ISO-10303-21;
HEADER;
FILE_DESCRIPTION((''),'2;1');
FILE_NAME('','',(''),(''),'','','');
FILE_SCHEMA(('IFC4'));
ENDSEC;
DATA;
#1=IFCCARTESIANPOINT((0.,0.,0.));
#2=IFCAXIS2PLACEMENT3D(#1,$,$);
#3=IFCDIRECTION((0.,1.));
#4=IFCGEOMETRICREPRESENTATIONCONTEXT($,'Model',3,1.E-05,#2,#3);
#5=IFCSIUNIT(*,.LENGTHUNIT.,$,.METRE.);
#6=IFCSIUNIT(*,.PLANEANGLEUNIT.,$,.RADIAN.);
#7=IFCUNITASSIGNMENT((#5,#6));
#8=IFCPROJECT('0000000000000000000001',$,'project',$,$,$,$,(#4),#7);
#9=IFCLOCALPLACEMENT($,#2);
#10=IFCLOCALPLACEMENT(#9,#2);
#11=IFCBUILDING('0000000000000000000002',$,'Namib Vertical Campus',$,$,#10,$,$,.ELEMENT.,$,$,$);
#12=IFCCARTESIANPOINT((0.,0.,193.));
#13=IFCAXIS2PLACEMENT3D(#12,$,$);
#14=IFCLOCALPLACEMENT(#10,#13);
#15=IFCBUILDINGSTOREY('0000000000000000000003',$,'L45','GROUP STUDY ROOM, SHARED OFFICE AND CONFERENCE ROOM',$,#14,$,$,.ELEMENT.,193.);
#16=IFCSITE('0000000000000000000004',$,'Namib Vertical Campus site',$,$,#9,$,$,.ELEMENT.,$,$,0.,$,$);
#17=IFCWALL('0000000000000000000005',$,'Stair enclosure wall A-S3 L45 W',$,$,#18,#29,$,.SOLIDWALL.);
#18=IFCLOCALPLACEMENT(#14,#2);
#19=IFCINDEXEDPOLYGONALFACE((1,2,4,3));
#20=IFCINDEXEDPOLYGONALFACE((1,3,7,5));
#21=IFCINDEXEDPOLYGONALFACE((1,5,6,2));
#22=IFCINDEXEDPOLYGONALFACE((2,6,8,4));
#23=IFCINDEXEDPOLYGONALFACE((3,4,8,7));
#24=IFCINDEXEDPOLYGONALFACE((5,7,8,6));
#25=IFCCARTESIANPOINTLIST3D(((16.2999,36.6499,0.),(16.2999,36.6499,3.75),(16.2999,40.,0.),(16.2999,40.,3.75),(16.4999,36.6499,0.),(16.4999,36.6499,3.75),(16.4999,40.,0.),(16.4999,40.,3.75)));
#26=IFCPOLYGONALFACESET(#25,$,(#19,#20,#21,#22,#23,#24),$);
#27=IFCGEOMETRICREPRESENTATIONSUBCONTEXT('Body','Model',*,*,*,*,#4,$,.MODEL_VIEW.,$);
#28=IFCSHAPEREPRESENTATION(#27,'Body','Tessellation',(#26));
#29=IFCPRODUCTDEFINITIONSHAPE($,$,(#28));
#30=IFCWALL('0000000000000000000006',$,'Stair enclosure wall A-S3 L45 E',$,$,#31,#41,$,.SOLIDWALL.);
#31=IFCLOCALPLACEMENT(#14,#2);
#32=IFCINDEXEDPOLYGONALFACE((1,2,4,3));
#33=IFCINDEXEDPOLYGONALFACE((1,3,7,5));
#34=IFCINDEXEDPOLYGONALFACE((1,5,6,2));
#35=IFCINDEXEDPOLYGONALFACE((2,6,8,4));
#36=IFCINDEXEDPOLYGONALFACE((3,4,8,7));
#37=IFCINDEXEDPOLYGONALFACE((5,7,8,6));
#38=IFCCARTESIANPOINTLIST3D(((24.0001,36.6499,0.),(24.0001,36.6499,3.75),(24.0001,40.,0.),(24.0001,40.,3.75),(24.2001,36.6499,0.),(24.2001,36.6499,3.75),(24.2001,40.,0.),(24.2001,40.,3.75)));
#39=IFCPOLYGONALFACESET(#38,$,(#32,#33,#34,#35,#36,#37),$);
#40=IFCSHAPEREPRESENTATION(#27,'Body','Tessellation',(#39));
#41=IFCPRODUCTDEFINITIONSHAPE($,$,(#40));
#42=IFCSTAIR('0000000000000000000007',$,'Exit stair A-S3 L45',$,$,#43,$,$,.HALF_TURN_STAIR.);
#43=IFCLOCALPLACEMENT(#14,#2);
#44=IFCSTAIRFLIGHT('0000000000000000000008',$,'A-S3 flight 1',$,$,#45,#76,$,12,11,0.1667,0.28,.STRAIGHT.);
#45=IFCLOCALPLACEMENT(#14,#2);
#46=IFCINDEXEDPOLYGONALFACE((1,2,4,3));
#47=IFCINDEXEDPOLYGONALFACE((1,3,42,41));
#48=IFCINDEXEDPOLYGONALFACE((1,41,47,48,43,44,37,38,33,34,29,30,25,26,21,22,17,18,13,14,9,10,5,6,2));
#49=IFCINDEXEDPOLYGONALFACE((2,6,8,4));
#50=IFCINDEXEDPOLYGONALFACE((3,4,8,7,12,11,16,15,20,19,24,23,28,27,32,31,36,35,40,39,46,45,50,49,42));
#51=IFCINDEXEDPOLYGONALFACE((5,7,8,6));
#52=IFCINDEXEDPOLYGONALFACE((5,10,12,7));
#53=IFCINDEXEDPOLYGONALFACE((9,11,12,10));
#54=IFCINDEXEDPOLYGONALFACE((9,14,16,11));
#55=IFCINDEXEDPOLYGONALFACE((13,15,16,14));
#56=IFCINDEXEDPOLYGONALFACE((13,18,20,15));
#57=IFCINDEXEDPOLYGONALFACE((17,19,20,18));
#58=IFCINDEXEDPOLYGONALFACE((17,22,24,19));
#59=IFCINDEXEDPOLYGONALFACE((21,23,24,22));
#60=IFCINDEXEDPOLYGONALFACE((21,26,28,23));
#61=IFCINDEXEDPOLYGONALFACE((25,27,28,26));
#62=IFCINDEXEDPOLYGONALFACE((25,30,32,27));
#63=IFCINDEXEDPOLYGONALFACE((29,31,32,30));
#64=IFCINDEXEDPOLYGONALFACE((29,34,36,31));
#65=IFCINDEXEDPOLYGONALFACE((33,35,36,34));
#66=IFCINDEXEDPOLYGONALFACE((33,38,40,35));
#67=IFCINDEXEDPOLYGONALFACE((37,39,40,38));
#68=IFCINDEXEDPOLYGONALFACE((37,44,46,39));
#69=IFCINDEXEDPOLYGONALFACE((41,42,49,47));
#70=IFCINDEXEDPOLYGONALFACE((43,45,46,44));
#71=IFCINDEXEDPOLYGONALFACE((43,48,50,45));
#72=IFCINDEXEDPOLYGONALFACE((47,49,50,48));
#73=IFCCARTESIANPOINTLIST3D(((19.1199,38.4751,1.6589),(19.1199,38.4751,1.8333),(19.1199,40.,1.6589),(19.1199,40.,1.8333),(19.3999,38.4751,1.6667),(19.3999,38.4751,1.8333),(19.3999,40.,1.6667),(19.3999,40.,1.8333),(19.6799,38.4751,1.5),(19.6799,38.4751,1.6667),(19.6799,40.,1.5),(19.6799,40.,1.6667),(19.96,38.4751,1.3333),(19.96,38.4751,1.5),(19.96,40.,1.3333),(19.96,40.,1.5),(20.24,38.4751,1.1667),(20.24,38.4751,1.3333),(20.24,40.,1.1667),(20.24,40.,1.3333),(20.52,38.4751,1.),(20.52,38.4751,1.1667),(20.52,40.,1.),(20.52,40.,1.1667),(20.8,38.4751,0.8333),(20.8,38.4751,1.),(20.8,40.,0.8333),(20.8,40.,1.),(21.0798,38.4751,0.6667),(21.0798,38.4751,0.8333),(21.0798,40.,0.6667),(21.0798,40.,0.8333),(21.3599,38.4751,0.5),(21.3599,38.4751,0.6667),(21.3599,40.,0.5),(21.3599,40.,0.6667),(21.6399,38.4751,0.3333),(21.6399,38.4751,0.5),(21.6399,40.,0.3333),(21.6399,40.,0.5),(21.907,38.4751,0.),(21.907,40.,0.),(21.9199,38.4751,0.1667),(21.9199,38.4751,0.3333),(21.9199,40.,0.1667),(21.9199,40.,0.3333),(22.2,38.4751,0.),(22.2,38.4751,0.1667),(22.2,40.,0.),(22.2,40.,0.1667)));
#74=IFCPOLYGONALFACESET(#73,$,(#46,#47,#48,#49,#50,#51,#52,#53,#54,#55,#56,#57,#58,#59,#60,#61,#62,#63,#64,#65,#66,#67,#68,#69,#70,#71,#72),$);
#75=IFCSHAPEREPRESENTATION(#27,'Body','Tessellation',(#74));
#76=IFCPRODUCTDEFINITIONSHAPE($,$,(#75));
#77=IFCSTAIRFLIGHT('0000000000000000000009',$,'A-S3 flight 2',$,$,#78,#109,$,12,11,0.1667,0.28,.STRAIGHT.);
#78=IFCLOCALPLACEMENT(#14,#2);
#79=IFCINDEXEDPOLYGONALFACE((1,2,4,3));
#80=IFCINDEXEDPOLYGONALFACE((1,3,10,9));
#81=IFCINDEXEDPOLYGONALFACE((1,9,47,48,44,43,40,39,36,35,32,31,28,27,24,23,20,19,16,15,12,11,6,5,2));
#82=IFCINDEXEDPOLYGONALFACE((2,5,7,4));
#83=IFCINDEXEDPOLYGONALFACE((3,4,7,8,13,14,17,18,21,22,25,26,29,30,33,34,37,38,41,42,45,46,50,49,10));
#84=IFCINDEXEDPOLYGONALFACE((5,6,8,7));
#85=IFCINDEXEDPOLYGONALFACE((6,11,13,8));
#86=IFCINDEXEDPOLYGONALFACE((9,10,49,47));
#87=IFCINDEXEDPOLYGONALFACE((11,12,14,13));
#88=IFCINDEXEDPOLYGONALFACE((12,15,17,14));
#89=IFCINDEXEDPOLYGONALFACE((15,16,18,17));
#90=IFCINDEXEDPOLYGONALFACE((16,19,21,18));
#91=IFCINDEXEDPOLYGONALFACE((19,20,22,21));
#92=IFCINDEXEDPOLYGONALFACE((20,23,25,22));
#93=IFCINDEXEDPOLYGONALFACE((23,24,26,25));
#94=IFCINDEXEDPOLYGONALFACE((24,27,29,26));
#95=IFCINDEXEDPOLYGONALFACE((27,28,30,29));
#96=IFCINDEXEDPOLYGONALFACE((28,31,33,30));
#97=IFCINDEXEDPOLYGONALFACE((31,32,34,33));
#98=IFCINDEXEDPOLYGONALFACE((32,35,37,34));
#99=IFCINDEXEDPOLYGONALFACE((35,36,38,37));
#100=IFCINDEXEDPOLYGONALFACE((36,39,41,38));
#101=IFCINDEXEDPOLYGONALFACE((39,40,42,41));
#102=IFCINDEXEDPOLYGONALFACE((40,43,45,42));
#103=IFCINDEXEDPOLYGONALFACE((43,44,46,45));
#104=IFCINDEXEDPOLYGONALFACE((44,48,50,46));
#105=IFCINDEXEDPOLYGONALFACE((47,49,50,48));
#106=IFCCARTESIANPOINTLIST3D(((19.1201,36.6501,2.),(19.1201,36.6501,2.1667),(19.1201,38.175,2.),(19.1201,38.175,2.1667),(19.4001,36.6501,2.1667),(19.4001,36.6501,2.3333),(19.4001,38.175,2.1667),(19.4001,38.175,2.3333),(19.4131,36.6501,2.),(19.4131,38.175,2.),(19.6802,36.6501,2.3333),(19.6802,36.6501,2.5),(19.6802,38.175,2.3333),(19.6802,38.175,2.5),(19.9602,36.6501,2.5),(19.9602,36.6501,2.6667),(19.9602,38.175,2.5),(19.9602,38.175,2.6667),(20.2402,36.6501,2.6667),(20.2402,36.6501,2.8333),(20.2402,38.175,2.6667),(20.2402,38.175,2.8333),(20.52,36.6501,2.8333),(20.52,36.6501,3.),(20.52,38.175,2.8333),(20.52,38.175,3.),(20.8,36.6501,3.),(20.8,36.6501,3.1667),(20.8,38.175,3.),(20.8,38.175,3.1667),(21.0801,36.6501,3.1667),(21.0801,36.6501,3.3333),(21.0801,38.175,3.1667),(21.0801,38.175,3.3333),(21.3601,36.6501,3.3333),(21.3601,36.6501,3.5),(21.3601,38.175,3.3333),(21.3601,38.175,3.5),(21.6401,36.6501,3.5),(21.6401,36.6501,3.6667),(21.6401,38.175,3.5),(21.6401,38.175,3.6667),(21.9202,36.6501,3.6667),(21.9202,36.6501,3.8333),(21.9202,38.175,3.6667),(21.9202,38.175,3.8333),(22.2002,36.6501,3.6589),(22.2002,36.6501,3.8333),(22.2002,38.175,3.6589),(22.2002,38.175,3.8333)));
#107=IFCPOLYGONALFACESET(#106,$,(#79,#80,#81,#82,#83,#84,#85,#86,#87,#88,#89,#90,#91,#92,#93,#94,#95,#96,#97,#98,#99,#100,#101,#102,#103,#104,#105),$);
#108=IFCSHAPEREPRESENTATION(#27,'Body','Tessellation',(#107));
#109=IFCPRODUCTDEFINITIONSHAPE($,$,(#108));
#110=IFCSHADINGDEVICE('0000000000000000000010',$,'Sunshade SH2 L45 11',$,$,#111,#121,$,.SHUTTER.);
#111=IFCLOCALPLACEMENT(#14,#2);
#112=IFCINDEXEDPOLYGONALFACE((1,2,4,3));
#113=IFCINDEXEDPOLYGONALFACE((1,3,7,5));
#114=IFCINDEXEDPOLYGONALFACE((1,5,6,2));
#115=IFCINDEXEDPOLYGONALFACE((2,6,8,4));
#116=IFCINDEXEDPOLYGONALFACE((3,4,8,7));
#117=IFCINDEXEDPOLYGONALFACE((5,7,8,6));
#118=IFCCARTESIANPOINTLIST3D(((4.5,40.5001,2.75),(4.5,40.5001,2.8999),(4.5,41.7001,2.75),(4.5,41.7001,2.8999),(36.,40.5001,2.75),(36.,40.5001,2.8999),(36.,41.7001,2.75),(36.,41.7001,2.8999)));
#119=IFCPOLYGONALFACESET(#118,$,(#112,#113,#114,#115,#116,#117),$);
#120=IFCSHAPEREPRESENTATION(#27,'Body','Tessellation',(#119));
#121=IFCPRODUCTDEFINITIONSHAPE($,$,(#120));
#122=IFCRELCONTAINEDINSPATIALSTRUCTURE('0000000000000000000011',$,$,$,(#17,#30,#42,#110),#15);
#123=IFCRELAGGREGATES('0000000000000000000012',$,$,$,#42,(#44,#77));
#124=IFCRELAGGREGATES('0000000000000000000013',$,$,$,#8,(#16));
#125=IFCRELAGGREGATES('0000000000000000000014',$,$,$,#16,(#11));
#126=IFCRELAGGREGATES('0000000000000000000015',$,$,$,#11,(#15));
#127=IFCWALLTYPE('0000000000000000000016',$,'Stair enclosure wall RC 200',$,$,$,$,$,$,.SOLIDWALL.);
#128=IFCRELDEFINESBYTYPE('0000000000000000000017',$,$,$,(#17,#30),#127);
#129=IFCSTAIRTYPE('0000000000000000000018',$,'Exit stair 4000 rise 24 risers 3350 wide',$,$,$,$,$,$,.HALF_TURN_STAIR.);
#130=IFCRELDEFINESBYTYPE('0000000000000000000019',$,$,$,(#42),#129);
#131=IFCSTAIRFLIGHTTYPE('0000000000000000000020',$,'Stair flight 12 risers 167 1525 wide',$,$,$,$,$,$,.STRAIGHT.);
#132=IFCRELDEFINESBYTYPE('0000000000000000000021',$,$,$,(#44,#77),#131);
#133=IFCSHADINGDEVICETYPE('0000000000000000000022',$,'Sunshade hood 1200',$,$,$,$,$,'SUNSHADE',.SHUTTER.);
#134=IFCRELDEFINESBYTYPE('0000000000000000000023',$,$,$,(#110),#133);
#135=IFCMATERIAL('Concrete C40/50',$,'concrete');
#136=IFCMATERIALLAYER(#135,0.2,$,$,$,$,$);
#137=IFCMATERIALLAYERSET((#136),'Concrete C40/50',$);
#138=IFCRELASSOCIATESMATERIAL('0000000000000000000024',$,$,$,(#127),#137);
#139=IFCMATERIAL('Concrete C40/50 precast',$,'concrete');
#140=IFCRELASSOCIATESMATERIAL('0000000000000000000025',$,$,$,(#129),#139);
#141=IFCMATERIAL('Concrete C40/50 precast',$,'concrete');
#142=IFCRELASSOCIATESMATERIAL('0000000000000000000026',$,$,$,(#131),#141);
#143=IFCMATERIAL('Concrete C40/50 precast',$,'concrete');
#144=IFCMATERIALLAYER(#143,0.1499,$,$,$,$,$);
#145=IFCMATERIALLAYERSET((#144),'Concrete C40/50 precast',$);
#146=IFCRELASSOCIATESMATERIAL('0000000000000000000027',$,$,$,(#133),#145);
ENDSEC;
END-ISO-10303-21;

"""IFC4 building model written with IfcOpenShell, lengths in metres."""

from ifc_helpers import new_model, si_unit, direction, frame, frame_2d, origin, origin_2d, place, context, subcontext, project, spatial, polyline, rectangle, outline, extrude, material, layer, layer_set, type_object, element, aggregate, save


model = new_model("IFC4")

# Units and contexts
model_context = context("Model", 3, precision=1e-05, world=origin(), true_north=direction((0.0, 1.0)))
body_context = subcontext(model_context, "Body", "Model", "MODEL_VIEW")
ifc_project = project(units=[si_unit("LENGTHUNIT", "METRE"), si_unit("PLANEANGLEUNIT", "RADIAN")], contexts=[model_context])

# Site, building, storey
site_placement = place(None, origin())
site = spatial("IfcSite", under=ifc_project, at=site_placement, Name="Namib Vertical Campus site", CompositionType="ELEMENT", RefElevation=0.0)
building_placement = place(site_placement, origin())
building = spatial("IfcBuilding", under=site, at=building_placement, Name="Namib Vertical Campus", CompositionType="ELEMENT")
storey_placement = place(building_placement, frame((0.0, 0.0, 193.0)))
storey = spatial("IfcBuildingStorey", under=building, at=storey_placement, Name="L45", Description="GROUP STUDY ROOM, SHARED OFFICE AND CONFERENCE ROOM", CompositionType="ELEMENT", Elevation=193.0)

# Walls
ifc_material_1 = material(Name="Concrete C40/50", Category="concrete")
ifc_layer_1 = layer(ifc_material_1, 0.2)
ifc_layer_set_1 = layer_set([ifc_layer_1], Name="Concrete C40/50")
wall_type_1 = type_object("IfcWallType", Name="Stair enclosure wall RC 200", PredefinedType="SOLIDWALL", material=ifc_layer_set_1)
for number, where, z_axis, x_axis, name in (
    (1, (16.3999, 36.6499, 0.0), (0.0, 0.0, 1.0), (0.0, 1.0, 0.0), "Stair enclosure wall A-S3 L45 W"),
    (2, (24.1001, 36.6499, 0.0), (0.0, 0.0, 1.0), (0.0, 1.0, 0.0), "Stair enclosure wall A-S3 L45 E"),
):
    element("IfcWall", number, at=place(storey_placement, frame(where, z_axis=z_axis, x_axis=x_axis)), inside=storey, type_object=wall_type_1, Name=name, PredefinedType="SOLIDWALL", context=body_context, shape_type="SweptSolid", body=[
        extrude(rectangle(XDim=3.3501, YDim=0.2, at=frame_2d((1.675, 0.0))), origin(), (0.0, 0.0, 1.0), 3.75),
    ])

# Stair, stair flights
ifc_material_2 = material(Name="Concrete C40/50 precast", Category="concrete")
stair_type = type_object("IfcStairType", Name="Exit stair 4000 rise 24 risers 3350 wide", PredefinedType="HALF_TURN_STAIR", material=ifc_material_2)
stair_placement = place(storey_placement, origin())
stair = element("IfcStair", 3, at=stair_placement, inside=storey, type_object=stair_type, Name="Exit stair A-S3 L45", PredefinedType="HALF_TURN_STAIR")
ifc_material_3 = material(Name="Concrete C40/50 precast", Category="concrete")
stair_flight_type = type_object("IfcStairFlightType", Name="Stair flight 12 risers 167 1525 wide", PredefinedType="STRAIGHT", material=ifc_material_3)
stair_flight_1_placement = place(storey_placement, frame((22.2, 39.2375, 0.0), z_axis=(0.0, 0.0, 1.0), x_axis=(-1.0, 0.0, 0.0)))
stair_flight_1 = element("IfcStairFlight", 4, at=stair_flight_1_placement, type_object=stair_flight_type, Name="A-S3 flight 1", NumberOfRisers=12, NumberOfTreads=11, PredefinedType="STRAIGHT", RiserHeight=0.1667, TreadLength=0.28, context=body_context, shape_type="SweptSolid", body=[
    extrude(outline(polyline([(0.0, 0.0), (0.0, 0.1667), (0.28, 0.1667), (0.28, 0.3333), (0.5601, 0.3333), (0.5601, 0.5), (0.8401, 0.5), (0.8401, 0.6667), (1.1201, 0.6667), (1.1201, 0.8333), (1.3999, 0.8333), (1.3999, 1.0), (1.6799, 1.0), (1.6799, 1.1667), (1.96, 1.1667), (1.96, 1.3333), (2.24, 1.3333), (2.24, 1.5), (2.52, 1.5), (2.52, 1.6667), (2.8, 1.6667), (2.8, 1.8333), (3.0801, 1.8333), (3.0801, 2.0), (3.0801, 1.6589), (0.293, 0.0), (0.0, 0.0)])), frame((0.0, 0.7625, 0.0), z_axis=(0.0, -1.0, 0.0), x_axis=(1.0, 0.0, 0.0)), (0.0, 0.0, 1.0), 1.5249),
])
stair_flight_2_placement = place(storey_placement, frame((19.1201, 37.4126, 2.0), z_axis=(0.0, 0.0, 1.0), x_axis=(1.0, 0.0, 0.0)))
stair_flight_2 = element("IfcStairFlight", 5, at=stair_flight_2_placement, type_object=stair_flight_type, Name="A-S3 flight 2", NumberOfRisers=12, NumberOfTreads=11, PredefinedType="STRAIGHT", RiserHeight=0.1667, TreadLength=0.28, context=body_context, shape_type="SweptSolid", body=[
    extrude(outline(polyline([(0.0, 0.0), (0.0, 0.1667), (0.28, 0.1667), (0.28, 0.3333), (0.5601, 0.3333), (0.5601, 0.5), (0.8401, 0.5), (0.8401, 0.6667), (1.1201, 0.6667), (1.1201, 0.8333), (1.3999, 0.8333), (1.3999, 1.0), (1.6799, 1.0), (1.6799, 1.1667), (1.96, 1.1667), (1.96, 1.3333), (2.24, 1.3333), (2.24, 1.5), (2.52, 1.5), (2.52, 1.6667), (2.8, 1.6667), (2.8, 1.8333), (3.0801, 1.8333), (3.0801, 2.0), (3.0801, 1.6589), (0.293, 0.0), (0.0, 0.0)])), frame((0.0, 0.7625, 0.0), z_axis=(0.0, -1.0, 0.0), x_axis=(1.0, 0.0, 0.0)), (0.0, 0.0, 1.0), 1.5249),
])
aggregate(stair, [stair_flight_1, stair_flight_2])

# Shading device
ifc_material_4 = material(Name="Concrete C40/50 precast", Category="concrete")
ifc_layer_2 = layer(ifc_material_4, 0.1499)
ifc_layer_set_2 = layer_set([ifc_layer_2], Name="Concrete C40/50 precast")
shading_device_type = type_object("IfcShadingDeviceType", Name="Sunshade hood 1200", ElementType="SUNSHADE", PredefinedType="SHUTTER", material=ifc_layer_set_2)
shading_device_placement = place(storey_placement, frame((20.25, 41.1001, 2.75), z_axis=(0.0, 0.0, 1.0), x_axis=(-1.0, 0.0, 0.0)))
element("IfcShadingDevice", 6, at=shading_device_placement, inside=storey, type_object=shading_device_type, Name="Sunshade SH2 L45 11", PredefinedType="SHUTTER", context=body_context, shape_type="SweptSolid", body=[
    extrude(rectangle(XDim=31.5, YDim=1.2, at=origin_2d()), origin(), (0.0, 0.0, 1.0), 0.1499),
])

save(model, "model.ifc")
